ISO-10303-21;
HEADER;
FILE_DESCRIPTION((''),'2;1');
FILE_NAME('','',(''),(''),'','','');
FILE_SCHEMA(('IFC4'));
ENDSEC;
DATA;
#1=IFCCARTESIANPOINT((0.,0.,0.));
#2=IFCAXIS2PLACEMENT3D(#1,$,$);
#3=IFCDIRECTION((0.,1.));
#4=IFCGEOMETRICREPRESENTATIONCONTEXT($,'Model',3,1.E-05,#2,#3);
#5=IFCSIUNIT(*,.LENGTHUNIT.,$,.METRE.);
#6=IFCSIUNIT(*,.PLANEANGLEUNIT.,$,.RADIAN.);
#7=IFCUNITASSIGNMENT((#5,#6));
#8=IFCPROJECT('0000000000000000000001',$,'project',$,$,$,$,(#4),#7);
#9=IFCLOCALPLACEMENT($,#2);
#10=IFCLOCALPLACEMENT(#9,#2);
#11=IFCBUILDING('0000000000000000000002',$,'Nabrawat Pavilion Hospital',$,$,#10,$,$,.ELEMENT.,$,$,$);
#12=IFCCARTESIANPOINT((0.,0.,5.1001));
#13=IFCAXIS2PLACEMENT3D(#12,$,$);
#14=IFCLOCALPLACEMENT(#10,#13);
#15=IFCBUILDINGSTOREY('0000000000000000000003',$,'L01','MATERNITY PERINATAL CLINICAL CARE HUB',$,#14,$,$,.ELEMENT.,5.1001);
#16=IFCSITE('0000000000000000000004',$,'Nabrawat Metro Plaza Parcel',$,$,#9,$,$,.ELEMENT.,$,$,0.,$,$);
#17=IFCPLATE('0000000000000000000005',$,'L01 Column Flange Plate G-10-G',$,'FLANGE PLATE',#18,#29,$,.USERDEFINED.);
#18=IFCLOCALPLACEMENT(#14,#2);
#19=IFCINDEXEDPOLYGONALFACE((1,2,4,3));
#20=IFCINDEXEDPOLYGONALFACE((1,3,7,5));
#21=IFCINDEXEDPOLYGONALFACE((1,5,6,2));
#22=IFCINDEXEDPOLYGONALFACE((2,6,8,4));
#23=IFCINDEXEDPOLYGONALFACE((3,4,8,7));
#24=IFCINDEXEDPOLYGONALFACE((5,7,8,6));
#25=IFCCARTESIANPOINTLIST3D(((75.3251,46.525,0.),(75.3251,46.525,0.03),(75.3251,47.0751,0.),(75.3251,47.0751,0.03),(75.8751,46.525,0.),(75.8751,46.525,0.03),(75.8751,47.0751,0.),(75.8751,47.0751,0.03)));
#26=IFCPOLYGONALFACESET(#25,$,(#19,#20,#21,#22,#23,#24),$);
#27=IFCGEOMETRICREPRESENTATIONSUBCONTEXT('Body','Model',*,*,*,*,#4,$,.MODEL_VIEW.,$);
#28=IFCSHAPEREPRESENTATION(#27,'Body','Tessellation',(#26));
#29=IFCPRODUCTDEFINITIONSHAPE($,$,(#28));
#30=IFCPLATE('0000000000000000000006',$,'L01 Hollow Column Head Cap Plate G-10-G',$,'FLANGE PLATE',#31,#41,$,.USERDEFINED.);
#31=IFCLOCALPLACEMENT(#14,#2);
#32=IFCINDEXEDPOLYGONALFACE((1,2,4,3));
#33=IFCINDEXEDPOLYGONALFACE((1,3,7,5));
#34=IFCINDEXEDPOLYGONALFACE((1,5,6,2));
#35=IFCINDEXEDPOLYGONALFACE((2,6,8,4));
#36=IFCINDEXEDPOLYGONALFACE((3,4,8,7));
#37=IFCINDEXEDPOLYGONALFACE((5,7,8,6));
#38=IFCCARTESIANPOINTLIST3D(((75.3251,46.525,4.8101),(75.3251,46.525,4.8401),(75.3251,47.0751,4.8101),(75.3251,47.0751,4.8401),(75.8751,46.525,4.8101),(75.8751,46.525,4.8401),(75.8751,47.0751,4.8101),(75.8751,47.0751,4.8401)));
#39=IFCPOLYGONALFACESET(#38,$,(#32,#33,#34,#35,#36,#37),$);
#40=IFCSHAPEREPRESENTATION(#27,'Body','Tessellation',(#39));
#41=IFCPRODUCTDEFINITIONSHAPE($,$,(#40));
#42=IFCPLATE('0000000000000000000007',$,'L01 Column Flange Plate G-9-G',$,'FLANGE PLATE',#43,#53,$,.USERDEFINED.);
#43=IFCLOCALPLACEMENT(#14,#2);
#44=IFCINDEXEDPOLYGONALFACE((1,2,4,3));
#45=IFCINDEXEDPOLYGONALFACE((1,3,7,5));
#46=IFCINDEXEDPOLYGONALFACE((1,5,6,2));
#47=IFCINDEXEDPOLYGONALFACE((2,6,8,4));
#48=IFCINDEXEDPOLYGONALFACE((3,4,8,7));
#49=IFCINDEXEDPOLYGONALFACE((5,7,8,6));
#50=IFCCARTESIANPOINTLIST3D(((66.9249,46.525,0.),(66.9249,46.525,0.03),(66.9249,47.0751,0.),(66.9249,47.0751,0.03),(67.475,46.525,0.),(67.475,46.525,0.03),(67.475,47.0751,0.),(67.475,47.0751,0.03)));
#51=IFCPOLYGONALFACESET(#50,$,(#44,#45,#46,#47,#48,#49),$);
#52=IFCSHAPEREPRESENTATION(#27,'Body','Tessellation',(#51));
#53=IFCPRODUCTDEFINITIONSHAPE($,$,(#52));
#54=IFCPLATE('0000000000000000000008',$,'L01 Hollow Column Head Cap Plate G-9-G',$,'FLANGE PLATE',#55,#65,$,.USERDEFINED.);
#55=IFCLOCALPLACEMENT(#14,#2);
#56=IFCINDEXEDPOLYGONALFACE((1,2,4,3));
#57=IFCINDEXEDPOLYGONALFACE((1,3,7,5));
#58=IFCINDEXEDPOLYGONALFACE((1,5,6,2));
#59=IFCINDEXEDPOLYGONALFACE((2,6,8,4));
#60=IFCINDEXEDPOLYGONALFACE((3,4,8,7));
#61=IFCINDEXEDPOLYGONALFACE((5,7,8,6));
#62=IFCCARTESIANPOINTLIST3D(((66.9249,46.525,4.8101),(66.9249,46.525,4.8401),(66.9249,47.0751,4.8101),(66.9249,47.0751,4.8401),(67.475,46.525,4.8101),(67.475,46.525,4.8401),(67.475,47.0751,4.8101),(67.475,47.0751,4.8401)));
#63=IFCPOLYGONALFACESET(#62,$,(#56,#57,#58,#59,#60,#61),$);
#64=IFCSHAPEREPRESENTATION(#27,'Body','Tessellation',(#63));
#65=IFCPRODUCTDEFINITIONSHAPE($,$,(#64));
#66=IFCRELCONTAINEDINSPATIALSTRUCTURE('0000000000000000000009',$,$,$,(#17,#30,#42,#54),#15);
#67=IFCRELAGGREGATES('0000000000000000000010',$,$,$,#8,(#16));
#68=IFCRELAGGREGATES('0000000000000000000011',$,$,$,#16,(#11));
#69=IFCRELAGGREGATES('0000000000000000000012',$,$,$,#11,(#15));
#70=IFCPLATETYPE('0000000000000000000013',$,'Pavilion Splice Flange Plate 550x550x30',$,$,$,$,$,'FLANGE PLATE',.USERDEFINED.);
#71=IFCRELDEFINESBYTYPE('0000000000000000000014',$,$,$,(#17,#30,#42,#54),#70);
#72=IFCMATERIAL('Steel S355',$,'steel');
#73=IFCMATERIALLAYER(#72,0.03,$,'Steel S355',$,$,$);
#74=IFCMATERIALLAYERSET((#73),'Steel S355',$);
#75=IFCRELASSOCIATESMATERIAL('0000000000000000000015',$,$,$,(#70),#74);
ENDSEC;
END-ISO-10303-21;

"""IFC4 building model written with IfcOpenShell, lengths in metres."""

from ifc_helpers import new_model, si_unit, direction, frame, origin, origin_2d, place, context, subcontext, project, spatial, rectangle, extrude, material, layer, layer_set, type_object, element, save


model = new_model("IFC4")

# Units and contexts
model_context = context("Model", 3, precision=1e-05, world=origin(), true_north=direction((0.0, 1.0)))
body_context = subcontext(model_context, "Body", "Model", "MODEL_VIEW")
ifc_project = project(units=[si_unit("LENGTHUNIT", "METRE"), si_unit("PLANEANGLEUNIT", "RADIAN")], contexts=[model_context])

# Site, building, storey
site_placement = place(None, origin())
site = spatial("IfcSite", under=ifc_project, at=site_placement, Name="Nabrawat Metro Plaza Parcel", CompositionType="ELEMENT", RefElevation=0.0)
building_placement = place(site_placement, origin())
building = spatial("IfcBuilding", under=site, at=building_placement, Name="Nabrawat Pavilion Hospital", CompositionType="ELEMENT")
storey_placement = place(building_placement, frame((0.0, 0.0, 5.1001)))
storey = spatial("IfcBuildingStorey", under=building, at=storey_placement, Name="L01", Description="MATERNITY PERINATAL CLINICAL CARE HUB", CompositionType="ELEMENT", Elevation=5.1001)

# Shared definitions
ifc_material_1 = material(Name="Steel S355", Category="steel")

# Plates
ifc_layer_1 = layer(ifc_material_1, 0.03, Name="Steel S355")
ifc_layer_set_1 = layer_set([ifc_layer_1], Name="Steel S355")
plate_type_1 = type_object("IfcPlateType", Name="Pavilion Splice Flange Plate 550x550x30", ElementType="FLANGE PLATE", PredefinedType="USERDEFINED", material=ifc_layer_set_1)
for number, where, z_axis, x_axis, name in (
    (1, (75.6001, 46.8, 0.0), (0.0, 0.0, 1.0), (1.0, 0.0, 0.0), "L01 Column Flange Plate G-10-G"),
    (2, (75.6001, 46.8, 4.8101), (0.0, 0.0, 1.0), (1.0, 0.0, 0.0), "L01 Hollow Column Head Cap Plate G-10-G"),
    (3, (67.2, 46.8, 0.0), (0.0, 0.0, 1.0), (1.0, 0.0, 0.0), "L01 Column Flange Plate G-9-G"),
    (4, (67.2, 46.8, 4.8101), (0.0, 0.0, 1.0), (1.0, 0.0, 0.0), "L01 Hollow Column Head Cap Plate G-9-G"),
):
    element("IfcPlate", number, at=place(storey_placement, frame(where, z_axis=z_axis, x_axis=x_axis)), inside=storey, type_object=plate_type_1, Name=name, ObjectType="FLANGE PLATE", PredefinedType="USERDEFINED", context=body_context, shape_type="SweptSolid", body=[
        extrude(rectangle(XDim=0.55, YDim=0.55, at=origin_2d()), origin(), (0.0, 0.0, 1.0), 0.03),
    ])

save(model, "model.ifc")
